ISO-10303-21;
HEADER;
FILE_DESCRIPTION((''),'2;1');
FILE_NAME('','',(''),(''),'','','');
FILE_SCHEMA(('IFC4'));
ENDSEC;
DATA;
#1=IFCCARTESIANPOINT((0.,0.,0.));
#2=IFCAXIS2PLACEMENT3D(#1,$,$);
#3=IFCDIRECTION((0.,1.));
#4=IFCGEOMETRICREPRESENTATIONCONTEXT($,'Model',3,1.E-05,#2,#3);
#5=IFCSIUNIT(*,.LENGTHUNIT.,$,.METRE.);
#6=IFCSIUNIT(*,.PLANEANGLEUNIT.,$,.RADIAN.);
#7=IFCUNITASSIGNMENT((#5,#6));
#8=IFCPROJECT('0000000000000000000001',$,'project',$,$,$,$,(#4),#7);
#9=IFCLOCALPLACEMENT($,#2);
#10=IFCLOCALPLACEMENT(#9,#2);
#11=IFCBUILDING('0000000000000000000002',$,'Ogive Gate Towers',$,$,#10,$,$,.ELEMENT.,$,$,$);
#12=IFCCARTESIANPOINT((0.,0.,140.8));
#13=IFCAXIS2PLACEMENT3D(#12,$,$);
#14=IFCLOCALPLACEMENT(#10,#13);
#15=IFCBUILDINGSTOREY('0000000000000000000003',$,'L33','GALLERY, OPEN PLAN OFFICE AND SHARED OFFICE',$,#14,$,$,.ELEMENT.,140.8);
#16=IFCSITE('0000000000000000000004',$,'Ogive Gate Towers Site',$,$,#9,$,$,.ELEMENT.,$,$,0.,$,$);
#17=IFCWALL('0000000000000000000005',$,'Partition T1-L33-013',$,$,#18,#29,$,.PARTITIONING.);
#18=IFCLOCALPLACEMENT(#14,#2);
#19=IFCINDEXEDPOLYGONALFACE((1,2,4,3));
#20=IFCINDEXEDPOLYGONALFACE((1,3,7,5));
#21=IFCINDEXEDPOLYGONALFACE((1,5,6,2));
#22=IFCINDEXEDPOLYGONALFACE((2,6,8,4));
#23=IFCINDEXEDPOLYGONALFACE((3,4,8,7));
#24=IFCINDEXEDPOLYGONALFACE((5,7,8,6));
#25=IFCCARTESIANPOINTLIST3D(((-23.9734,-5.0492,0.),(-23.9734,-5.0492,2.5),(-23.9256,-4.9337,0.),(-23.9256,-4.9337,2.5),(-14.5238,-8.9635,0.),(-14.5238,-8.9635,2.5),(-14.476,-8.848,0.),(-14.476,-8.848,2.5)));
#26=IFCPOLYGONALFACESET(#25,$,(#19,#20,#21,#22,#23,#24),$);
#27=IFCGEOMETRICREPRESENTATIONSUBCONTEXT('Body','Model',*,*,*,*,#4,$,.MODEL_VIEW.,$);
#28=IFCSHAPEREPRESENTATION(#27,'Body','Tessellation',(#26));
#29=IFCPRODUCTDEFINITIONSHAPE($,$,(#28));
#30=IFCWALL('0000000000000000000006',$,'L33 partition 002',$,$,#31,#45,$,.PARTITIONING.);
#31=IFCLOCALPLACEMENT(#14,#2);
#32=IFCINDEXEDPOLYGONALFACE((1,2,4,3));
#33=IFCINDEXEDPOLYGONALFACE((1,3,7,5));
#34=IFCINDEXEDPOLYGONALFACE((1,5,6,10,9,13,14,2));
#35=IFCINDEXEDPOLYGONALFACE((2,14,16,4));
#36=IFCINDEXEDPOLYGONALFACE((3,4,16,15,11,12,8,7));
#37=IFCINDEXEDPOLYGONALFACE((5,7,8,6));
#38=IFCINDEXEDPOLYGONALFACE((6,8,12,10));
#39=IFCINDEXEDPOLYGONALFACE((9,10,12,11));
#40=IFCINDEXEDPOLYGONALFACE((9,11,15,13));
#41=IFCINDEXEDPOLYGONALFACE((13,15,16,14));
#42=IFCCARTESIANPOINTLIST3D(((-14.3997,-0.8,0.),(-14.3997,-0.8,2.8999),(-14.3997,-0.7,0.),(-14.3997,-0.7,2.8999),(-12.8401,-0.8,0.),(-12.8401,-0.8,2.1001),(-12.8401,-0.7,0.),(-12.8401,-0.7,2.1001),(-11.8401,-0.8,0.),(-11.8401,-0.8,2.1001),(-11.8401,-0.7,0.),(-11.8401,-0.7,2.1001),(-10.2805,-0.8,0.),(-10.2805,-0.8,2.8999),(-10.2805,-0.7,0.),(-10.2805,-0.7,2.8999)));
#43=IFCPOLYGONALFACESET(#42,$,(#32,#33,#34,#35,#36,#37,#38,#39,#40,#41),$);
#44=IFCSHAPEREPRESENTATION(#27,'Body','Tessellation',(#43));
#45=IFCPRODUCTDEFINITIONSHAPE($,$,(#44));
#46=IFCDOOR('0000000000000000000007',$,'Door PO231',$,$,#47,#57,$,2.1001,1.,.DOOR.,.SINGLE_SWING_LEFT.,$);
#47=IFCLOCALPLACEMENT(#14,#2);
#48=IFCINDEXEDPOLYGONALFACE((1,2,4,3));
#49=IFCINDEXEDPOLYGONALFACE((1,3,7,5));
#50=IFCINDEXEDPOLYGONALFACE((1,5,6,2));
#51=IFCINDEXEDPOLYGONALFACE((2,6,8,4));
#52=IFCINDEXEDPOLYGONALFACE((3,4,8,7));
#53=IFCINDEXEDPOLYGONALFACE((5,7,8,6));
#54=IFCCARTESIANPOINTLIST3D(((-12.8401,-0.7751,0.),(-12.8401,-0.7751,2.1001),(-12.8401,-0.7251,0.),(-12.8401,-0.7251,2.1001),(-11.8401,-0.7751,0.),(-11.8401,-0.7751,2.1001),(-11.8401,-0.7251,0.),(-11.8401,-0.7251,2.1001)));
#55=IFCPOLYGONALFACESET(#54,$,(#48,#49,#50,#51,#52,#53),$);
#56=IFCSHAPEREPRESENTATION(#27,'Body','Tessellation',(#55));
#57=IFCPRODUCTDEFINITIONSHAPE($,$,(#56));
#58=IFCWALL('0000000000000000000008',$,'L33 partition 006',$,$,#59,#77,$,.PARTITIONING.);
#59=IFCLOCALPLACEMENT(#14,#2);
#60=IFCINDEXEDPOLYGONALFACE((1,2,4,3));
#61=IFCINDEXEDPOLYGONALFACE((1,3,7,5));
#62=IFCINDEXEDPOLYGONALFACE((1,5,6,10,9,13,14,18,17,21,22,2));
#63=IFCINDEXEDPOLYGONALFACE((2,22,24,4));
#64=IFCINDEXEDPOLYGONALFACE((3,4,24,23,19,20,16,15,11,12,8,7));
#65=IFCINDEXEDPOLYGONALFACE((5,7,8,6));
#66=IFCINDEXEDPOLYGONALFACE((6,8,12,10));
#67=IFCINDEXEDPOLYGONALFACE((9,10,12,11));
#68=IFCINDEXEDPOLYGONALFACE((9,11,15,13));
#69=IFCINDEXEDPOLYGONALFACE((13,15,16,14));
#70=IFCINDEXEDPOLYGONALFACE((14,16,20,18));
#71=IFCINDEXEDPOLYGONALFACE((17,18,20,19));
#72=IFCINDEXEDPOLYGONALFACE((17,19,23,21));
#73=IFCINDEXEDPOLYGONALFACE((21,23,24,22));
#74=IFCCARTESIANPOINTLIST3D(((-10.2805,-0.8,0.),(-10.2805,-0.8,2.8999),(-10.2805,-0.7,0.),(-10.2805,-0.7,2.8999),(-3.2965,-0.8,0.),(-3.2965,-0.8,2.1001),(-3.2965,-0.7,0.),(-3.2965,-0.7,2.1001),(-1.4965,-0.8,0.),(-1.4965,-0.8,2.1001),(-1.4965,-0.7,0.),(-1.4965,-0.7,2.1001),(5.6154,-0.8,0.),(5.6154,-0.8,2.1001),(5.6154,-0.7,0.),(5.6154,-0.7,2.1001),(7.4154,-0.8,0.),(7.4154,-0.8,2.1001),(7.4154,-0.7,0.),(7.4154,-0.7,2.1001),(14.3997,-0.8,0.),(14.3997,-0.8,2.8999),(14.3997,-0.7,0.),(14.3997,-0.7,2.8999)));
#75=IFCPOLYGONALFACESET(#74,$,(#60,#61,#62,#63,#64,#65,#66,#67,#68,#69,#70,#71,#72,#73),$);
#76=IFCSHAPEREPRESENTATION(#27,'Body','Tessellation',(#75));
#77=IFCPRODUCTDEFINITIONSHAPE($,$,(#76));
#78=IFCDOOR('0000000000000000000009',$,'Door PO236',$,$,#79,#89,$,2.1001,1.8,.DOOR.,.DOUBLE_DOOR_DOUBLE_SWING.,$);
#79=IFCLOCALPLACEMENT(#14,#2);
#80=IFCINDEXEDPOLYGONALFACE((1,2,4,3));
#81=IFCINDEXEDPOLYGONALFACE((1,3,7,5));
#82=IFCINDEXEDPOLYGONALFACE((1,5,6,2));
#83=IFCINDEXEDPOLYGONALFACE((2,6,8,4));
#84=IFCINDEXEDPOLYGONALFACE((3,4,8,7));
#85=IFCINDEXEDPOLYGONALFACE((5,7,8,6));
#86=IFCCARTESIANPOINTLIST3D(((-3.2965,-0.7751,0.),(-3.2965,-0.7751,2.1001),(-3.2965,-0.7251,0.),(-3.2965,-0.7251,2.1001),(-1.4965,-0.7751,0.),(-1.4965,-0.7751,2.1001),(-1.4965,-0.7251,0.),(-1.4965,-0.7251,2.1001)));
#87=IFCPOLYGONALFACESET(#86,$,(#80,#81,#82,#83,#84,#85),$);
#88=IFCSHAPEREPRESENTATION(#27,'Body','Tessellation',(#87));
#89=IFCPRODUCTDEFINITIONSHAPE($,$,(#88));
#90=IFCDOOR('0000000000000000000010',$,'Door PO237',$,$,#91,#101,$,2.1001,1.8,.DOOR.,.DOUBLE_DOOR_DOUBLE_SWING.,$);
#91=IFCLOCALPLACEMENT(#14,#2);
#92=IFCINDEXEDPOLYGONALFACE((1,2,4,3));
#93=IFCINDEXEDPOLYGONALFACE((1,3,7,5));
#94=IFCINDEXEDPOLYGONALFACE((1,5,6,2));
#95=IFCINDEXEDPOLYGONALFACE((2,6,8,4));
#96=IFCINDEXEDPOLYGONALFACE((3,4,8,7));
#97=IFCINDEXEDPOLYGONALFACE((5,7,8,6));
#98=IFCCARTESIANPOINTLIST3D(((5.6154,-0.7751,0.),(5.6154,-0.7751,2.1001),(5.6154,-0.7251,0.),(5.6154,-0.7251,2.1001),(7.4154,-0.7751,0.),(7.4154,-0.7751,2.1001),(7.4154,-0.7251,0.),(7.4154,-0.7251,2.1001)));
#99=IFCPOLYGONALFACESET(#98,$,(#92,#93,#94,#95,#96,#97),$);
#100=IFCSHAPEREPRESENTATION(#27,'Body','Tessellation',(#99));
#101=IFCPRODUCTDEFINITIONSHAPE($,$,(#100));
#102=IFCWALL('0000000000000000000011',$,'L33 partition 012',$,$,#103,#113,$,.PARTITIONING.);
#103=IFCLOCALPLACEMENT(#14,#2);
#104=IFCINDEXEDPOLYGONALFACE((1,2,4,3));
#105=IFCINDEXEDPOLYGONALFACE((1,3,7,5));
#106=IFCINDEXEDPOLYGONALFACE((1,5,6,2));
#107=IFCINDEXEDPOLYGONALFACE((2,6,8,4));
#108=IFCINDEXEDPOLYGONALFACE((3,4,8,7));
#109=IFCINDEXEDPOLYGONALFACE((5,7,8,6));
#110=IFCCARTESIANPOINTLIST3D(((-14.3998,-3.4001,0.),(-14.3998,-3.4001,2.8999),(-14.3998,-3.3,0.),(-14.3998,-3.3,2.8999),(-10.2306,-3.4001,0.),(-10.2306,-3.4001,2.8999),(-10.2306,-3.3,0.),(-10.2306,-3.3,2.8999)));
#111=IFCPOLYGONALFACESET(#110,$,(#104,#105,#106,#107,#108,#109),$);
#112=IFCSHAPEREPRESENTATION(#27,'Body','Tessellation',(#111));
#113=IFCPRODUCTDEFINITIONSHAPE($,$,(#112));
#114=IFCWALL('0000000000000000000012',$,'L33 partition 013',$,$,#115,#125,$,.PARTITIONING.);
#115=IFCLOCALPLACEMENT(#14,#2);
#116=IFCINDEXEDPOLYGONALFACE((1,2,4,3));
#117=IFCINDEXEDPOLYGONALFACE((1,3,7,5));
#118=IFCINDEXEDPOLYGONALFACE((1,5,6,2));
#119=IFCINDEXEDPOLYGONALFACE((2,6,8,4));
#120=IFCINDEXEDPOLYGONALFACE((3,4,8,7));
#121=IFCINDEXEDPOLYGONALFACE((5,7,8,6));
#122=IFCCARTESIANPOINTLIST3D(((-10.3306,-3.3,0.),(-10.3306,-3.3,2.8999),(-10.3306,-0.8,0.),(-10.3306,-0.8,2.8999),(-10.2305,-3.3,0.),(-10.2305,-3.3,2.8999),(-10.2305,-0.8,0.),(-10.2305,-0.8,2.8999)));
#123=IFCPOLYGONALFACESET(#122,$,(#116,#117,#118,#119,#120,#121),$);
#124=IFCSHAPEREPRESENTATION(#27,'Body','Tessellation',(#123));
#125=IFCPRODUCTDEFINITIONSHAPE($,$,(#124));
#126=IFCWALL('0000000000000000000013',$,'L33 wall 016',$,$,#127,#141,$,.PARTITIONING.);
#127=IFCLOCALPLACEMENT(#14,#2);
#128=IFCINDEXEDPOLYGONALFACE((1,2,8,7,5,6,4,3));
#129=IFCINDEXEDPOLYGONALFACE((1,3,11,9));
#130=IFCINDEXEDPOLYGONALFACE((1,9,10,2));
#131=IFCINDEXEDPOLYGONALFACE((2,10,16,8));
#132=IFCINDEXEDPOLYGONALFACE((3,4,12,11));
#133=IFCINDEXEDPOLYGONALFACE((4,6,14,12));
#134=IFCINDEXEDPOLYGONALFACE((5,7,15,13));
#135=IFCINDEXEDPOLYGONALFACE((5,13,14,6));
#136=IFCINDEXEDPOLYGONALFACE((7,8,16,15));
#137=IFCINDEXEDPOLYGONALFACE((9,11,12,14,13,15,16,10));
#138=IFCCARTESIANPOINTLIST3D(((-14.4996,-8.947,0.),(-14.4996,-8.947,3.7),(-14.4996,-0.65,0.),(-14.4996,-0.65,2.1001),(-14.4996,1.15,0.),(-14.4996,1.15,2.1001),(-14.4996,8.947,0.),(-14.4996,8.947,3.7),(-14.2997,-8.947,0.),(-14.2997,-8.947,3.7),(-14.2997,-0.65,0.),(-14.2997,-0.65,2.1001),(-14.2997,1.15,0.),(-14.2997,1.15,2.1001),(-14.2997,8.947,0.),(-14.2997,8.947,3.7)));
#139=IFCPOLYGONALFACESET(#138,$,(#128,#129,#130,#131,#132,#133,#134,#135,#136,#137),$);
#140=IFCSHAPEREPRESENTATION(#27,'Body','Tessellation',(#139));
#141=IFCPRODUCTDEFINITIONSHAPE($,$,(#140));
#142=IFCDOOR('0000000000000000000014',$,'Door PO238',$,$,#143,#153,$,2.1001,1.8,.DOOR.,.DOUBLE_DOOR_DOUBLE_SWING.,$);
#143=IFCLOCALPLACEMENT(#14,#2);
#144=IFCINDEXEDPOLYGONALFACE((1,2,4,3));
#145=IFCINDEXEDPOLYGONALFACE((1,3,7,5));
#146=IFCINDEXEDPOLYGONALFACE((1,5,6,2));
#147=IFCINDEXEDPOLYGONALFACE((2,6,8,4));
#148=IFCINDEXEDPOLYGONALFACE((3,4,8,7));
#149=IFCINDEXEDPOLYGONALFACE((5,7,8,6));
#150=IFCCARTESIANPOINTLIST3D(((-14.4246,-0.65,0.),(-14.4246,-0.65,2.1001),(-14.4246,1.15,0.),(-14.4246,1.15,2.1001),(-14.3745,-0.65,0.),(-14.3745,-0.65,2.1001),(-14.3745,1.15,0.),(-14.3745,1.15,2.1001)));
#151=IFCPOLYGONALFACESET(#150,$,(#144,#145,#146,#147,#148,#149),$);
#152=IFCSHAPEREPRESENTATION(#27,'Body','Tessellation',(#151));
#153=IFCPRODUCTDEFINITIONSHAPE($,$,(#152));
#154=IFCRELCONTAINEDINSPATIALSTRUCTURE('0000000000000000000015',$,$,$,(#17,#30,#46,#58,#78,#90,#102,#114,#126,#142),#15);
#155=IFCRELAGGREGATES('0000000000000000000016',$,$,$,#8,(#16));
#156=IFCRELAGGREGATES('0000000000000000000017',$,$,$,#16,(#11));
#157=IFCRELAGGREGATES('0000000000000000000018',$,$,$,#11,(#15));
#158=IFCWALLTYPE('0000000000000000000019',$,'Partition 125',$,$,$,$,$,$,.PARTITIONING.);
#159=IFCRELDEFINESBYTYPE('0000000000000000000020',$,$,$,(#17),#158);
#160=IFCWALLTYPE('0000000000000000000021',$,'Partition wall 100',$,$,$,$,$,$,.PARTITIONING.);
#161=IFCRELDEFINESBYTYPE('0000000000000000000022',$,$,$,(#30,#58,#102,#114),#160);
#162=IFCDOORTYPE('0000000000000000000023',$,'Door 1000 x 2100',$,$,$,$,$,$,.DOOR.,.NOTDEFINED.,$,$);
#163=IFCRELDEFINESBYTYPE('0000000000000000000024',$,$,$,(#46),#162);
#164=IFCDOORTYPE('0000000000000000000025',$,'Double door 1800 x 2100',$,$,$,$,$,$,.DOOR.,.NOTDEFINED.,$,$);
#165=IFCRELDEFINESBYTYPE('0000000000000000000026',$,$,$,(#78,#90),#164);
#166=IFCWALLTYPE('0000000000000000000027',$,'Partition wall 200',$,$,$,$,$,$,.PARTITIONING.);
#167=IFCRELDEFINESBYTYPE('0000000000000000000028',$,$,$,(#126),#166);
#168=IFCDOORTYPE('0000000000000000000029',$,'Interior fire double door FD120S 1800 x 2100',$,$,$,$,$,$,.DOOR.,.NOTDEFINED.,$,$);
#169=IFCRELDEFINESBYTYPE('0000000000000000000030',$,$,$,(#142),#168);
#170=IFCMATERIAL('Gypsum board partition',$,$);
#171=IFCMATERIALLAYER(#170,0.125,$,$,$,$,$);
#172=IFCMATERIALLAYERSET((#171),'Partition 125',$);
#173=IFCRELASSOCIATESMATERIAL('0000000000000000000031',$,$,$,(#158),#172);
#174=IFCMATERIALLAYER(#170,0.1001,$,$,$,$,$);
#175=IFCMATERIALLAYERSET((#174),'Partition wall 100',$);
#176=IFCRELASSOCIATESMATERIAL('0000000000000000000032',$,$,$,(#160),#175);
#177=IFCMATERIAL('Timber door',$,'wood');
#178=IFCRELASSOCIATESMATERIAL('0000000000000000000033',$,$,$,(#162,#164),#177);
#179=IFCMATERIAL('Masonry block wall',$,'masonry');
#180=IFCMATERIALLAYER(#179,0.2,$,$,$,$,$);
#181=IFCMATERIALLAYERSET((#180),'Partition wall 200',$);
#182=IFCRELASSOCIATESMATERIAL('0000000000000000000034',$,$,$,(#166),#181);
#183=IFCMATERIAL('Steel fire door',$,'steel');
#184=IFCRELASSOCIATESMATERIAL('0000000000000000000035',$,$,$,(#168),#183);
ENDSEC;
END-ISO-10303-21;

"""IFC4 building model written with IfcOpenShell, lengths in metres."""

from ifc_helpers import new_model, si_unit, direction, frame, frame_2d, origin, place, context, subcontext, project, spatial, rectangle, extrude, material, layer, layer_set, type_object, element, fill, save


model = new_model("IFC4")

# Units and contexts
model_context = context("Model", 3, precision=1e-05, world=origin(), true_north=direction((0.0, 1.0)))
body_context = subcontext(model_context, "Body", "Model", "MODEL_VIEW")
ifc_project = project(units=[si_unit("LENGTHUNIT", "METRE"), si_unit("PLANEANGLEUNIT", "RADIAN")], contexts=[model_context])

# Site, building, storey
site_placement = place(None, origin())
site = spatial("IfcSite", under=ifc_project, at=site_placement, Name="Ogive Gate Towers Site", CompositionType="ELEMENT", RefElevation=0.0)
building_placement = place(site_placement, origin())
building = spatial("IfcBuilding", under=site, at=building_placement, Name="Ogive Gate Towers", CompositionType="ELEMENT")
storey_placement = place(building_placement, frame((0.0, 0.0, 140.8)))
storey = spatial("IfcBuildingStorey", under=building, at=storey_placement, Name="L33", Description="GALLERY, OPEN PLAN OFFICE AND SHARED OFFICE", CompositionType="ELEMENT", Elevation=140.8)

# Wall
ifc_material_1 = material(Name="Gypsum board partition")
ifc_layer_1 = layer(ifc_material_1, 0.125)
ifc_layer_set_1 = layer_set([ifc_layer_1], Name="Partition 125")
wall_type_1 = type_object("IfcWallType", Name="Partition 125", PredefinedType="PARTITIONING", material=ifc_layer_set_1)
wall_1_placement = place(storey_placement, frame((-14.4998, -8.9058, 0.0), z_axis=(0.0, 0.0, 1.0), x_axis=(-0.923876, 0.382693, 0.0)))
element("IfcWall", 1, at=wall_1_placement, inside=storey, type_object=wall_type_1, Name="Partition T1-L33-013", PredefinedType="PARTITIONING", context=body_context, shape_type="SweptSolid", body=[
    extrude(rectangle(XDim=10.2283, YDim=0.125, at=frame_2d((5.1143, 0.0))), origin(), (0.0, 0.0, 1.0), 2.5),
])

# Wall, opening, door
ifc_layer_2 = layer(ifc_material_1, 0.1001)
ifc_layer_set_2 = layer_set([ifc_layer_2], Name="Partition wall 100")
wall_type_2 = type_object("IfcWallType", Name="Partition wall 100", PredefinedType="PARTITIONING", material=ifc_layer_set_2)
wall_2_placement = place(storey_placement, frame((-14.3997, -0.75, 0.0), z_axis=(0.0, 0.0, 1.0), x_axis=(1.0, 0.0, 0.0)))
wall_2 = element("IfcWall", 2, at=wall_2_placement, inside=storey, type_object=wall_type_2, Name="L33 partition 002", PredefinedType="PARTITIONING", context=body_context, shape_type="SweptSolid", body=[
    extrude(rectangle(XDim=4.1191, YDim=0.1001, at=frame_2d((2.0596, 0.0))), origin(), (0.0, 0.0, 1.0), 2.8999),
])
opening_1_placement = place(wall_2_placement, frame((1.5596, 0.0, 0.0)))
opening_1 = element("IfcOpeningElement", 3, at=opening_1_placement, cuts=wall_2, PredefinedType="OPENING", context=body_context, shape_type="SweptSolid", body=[
    extrude(rectangle(XDim=1.0, YDim=2.1001, at=frame_2d((0.5, 1.05))), frame((0.0, 0.0601, 0.0), z_axis=(0.0, -1.0, 0.0), x_axis=(1.0, 0.0, 0.0)), (0.0, 0.0, 1.0), 0.1201),
])
ifc_material_2 = material(Name="Timber door", Category="wood")
door_type_1 = type_object("IfcDoorType", Name="Door 1000 x 2100", OperationType="NOTDEFINED", PredefinedType="DOOR", material=ifc_material_2)
door_1_placement = place(opening_1_placement, origin())
door_1 = element("IfcDoor", 4, at=door_1_placement, inside=storey, type_object=door_type_1, Name="Door PO231", OperationType="SINGLE_SWING_LEFT", OverallHeight=2.1001, OverallWidth=1.0, PredefinedType="DOOR", context=body_context, shape_type="SweptSolid", body=[
    extrude(rectangle(XDim=1.0, YDim=2.1001, at=frame_2d((0.5, 1.05))), frame((0.0, 0.0249, 0.0), z_axis=(0.0, -1.0, 0.0), x_axis=(1.0, 0.0, 0.0)), (0.0, 0.0, 1.0), 0.05),
])
fill(opening_1, door_1)

# Wall, openings, doors
wall_3_placement = place(storey_placement, frame((-10.2805, -0.75, 0.0), z_axis=(0.0, 0.0, 1.0), x_axis=(1.0, 0.0, 0.0)))
wall_3 = element("IfcWall", 5, at=wall_3_placement, inside=storey, type_object=wall_type_2, Name="L33 partition 006", PredefinedType="PARTITIONING", context=body_context, shape_type="SweptSolid", body=[
    extrude(rectangle(XDim=24.6802, YDim=0.1001, at=frame_2d((12.3401, 0.0))), origin(), (0.0, 0.0, 1.0), 2.8999),
])
opening_2_placement = place(wall_3_placement, frame((6.9841, 0.0, 0.0)))
opening_2 = element("IfcOpeningElement", 6, at=opening_2_placement, cuts=wall_3, PredefinedType="OPENING", context=body_context, shape_type="SweptSolid", body=[
    extrude(rectangle(XDim=1.8, YDim=2.1001, at=frame_2d((0.8999, 1.05))), frame((0.0, 0.0601, 0.0), z_axis=(0.0, -1.0, 0.0), x_axis=(1.0, 0.0, 0.0)), (0.0, 0.0, 1.0), 0.1201),
])
opening_3_placement = place(wall_3_placement, frame((15.896, 0.0, 0.0)))
opening_3 = element("IfcOpeningElement", 7, at=opening_3_placement, cuts=wall_3, PredefinedType="OPENING", context=body_context, shape_type="SweptSolid", body=[
    extrude(rectangle(XDim=1.8, YDim=2.1001, at=frame_2d((0.8999, 1.05))), frame((0.0, 0.0601, 0.0), z_axis=(0.0, -1.0, 0.0), x_axis=(1.0, 0.0, 0.0)), (0.0, 0.0, 1.0), 0.1201),
])
door_type_2 = type_object("IfcDoorType", Name="Double door 1800 x 2100", OperationType="NOTDEFINED", PredefinedType="DOOR", material=ifc_material_2)
door_2_placement = place(opening_2_placement, origin())
door_2 = element("IfcDoor", 8, at=door_2_placement, inside=storey, type_object=door_type_2, Name="Door PO236", OperationType="DOUBLE_DOOR_DOUBLE_SWING", OverallHeight=2.1001, OverallWidth=1.8, PredefinedType="DOOR", context=body_context, shape_type="SweptSolid", body=[
    extrude(rectangle(XDim=1.8, YDim=2.1001, at=frame_2d((0.8999, 1.05))), frame((0.0, 0.0249, 0.0), z_axis=(0.0, -1.0, 0.0), x_axis=(1.0, 0.0, 0.0)), (0.0, 0.0, 1.0), 0.05),
])
fill(opening_2, door_2)
door_3_placement = place(opening_3_placement, origin())
door_3 = element("IfcDoor", 9, at=door_3_placement, inside=storey, type_object=door_type_2, Name="Door PO237", OperationType="DOUBLE_DOOR_DOUBLE_SWING", OverallHeight=2.1001, OverallWidth=1.8, PredefinedType="DOOR", context=body_context, shape_type="SweptSolid", body=[
    extrude(rectangle(XDim=1.8, YDim=2.1001, at=frame_2d((0.8999, 1.05))), frame((0.0, 0.0249, 0.0), z_axis=(0.0, -1.0, 0.0), x_axis=(1.0, 0.0, 0.0)), (0.0, 0.0, 1.0), 0.05),
])
fill(opening_3, door_3)

# Walls
wall_4_placement = place(storey_placement, frame((-14.3997, -3.3501, 0.0), z_axis=(0.0, 0.0, 1.0), x_axis=(1.0, 0.0, 0.0)))
element("IfcWall", 10, at=wall_4_placement, inside=storey, type_object=wall_type_2, Name="L33 partition 012", PredefinedType="PARTITIONING", context=body_context, shape_type="SweptSolid", body=[
    extrude(rectangle(XDim=4.1692, YDim=0.1001, at=frame_2d((2.0845, 0.0))), origin(), (0.0, 0.0, 1.0), 2.8999),
])
wall_5_placement = place(storey_placement, frame((-10.2805, -3.3, 0.0), z_axis=(0.0, 0.0, 1.0), x_axis=(0.0, 1.0, 0.0)))
element("IfcWall", 11, at=wall_5_placement, inside=storey, type_object=wall_type_2, Name="L33 partition 013", PredefinedType="PARTITIONING", context=body_context, shape_type="SweptSolid", body=[
    extrude(rectangle(XDim=2.5, YDim=0.1001, at=frame_2d((1.25, 0.0))), origin(), (0.0, 0.0, 1.0), 2.8999),
])

# Wall, opening, door
ifc_material_3 = material(Name="Masonry block wall", Category="masonry")
ifc_layer_3 = layer(ifc_material_3, 0.2)
ifc_layer_set_3 = layer_set([ifc_layer_3], Name="Partition wall 200")
wall_type_3 = type_object("IfcWallType", Name="Partition wall 200", PredefinedType="PARTITIONING", material=ifc_layer_set_3)
wall_6_placement = place(storey_placement, frame((-14.3997, -8.947, 0.0), z_axis=(0.0, 0.0, 1.0), x_axis=(0.0, 1.0, 0.0)))
wall_6 = element("IfcWall", 12, at=wall_6_placement, inside=storey, type_object=wall_type_3, Name="L33 wall 016", PredefinedType="PARTITIONING", context=body_context, shape_type="SweptSolid", body=[
    extrude(rectangle(XDim=17.894, YDim=0.2, at=frame_2d((8.947, 0.0))), origin(), (0.0, 0.0, 1.0), 3.7),
])
opening_4_placement = place(wall_6_placement, frame((8.2971, 0.0, 0.0)))
opening_4 = element("IfcOpeningElement", 13, at=opening_4_placement, cuts=wall_6, PredefinedType="OPENING", context=body_context, shape_type="SweptSolid", body=[
    extrude(rectangle(XDim=1.8, YDim=2.1001, at=frame_2d((0.8999, 1.05))), frame((0.0, 0.1099, 0.0), z_axis=(0.0, -1.0, 0.0), x_axis=(1.0, 0.0, 0.0)), (0.0, 0.0, 1.0), 0.22),
])
ifc_material_4 = material(Name="Steel fire door", Category="steel")
door_type_3 = type_object("IfcDoorType", Name="Interior fire double door FD120S 1800 x 2100", OperationType="NOTDEFINED", PredefinedType="DOOR", material=ifc_material_4)
door_4_placement = place(opening_4_placement, origin())
door_4 = element("IfcDoor", 14, at=door_4_placement, inside=storey, type_object=door_type_3, Name="Door PO238", OperationType="DOUBLE_DOOR_DOUBLE_SWING", OverallHeight=2.1001, OverallWidth=1.8, PredefinedType="DOOR", context=body_context, shape_type="SweptSolid", body=[
    extrude(rectangle(XDim=1.8, YDim=2.1001, at=frame_2d((0.8999, 1.05))), frame((0.0, 0.0249, 0.0), z_axis=(0.0, -1.0, 0.0), x_axis=(1.0, 0.0, 0.0)), (0.0, 0.0, 1.0), 0.05),
])
fill(opening_4, door_4)

save(model, "model.ifc")
